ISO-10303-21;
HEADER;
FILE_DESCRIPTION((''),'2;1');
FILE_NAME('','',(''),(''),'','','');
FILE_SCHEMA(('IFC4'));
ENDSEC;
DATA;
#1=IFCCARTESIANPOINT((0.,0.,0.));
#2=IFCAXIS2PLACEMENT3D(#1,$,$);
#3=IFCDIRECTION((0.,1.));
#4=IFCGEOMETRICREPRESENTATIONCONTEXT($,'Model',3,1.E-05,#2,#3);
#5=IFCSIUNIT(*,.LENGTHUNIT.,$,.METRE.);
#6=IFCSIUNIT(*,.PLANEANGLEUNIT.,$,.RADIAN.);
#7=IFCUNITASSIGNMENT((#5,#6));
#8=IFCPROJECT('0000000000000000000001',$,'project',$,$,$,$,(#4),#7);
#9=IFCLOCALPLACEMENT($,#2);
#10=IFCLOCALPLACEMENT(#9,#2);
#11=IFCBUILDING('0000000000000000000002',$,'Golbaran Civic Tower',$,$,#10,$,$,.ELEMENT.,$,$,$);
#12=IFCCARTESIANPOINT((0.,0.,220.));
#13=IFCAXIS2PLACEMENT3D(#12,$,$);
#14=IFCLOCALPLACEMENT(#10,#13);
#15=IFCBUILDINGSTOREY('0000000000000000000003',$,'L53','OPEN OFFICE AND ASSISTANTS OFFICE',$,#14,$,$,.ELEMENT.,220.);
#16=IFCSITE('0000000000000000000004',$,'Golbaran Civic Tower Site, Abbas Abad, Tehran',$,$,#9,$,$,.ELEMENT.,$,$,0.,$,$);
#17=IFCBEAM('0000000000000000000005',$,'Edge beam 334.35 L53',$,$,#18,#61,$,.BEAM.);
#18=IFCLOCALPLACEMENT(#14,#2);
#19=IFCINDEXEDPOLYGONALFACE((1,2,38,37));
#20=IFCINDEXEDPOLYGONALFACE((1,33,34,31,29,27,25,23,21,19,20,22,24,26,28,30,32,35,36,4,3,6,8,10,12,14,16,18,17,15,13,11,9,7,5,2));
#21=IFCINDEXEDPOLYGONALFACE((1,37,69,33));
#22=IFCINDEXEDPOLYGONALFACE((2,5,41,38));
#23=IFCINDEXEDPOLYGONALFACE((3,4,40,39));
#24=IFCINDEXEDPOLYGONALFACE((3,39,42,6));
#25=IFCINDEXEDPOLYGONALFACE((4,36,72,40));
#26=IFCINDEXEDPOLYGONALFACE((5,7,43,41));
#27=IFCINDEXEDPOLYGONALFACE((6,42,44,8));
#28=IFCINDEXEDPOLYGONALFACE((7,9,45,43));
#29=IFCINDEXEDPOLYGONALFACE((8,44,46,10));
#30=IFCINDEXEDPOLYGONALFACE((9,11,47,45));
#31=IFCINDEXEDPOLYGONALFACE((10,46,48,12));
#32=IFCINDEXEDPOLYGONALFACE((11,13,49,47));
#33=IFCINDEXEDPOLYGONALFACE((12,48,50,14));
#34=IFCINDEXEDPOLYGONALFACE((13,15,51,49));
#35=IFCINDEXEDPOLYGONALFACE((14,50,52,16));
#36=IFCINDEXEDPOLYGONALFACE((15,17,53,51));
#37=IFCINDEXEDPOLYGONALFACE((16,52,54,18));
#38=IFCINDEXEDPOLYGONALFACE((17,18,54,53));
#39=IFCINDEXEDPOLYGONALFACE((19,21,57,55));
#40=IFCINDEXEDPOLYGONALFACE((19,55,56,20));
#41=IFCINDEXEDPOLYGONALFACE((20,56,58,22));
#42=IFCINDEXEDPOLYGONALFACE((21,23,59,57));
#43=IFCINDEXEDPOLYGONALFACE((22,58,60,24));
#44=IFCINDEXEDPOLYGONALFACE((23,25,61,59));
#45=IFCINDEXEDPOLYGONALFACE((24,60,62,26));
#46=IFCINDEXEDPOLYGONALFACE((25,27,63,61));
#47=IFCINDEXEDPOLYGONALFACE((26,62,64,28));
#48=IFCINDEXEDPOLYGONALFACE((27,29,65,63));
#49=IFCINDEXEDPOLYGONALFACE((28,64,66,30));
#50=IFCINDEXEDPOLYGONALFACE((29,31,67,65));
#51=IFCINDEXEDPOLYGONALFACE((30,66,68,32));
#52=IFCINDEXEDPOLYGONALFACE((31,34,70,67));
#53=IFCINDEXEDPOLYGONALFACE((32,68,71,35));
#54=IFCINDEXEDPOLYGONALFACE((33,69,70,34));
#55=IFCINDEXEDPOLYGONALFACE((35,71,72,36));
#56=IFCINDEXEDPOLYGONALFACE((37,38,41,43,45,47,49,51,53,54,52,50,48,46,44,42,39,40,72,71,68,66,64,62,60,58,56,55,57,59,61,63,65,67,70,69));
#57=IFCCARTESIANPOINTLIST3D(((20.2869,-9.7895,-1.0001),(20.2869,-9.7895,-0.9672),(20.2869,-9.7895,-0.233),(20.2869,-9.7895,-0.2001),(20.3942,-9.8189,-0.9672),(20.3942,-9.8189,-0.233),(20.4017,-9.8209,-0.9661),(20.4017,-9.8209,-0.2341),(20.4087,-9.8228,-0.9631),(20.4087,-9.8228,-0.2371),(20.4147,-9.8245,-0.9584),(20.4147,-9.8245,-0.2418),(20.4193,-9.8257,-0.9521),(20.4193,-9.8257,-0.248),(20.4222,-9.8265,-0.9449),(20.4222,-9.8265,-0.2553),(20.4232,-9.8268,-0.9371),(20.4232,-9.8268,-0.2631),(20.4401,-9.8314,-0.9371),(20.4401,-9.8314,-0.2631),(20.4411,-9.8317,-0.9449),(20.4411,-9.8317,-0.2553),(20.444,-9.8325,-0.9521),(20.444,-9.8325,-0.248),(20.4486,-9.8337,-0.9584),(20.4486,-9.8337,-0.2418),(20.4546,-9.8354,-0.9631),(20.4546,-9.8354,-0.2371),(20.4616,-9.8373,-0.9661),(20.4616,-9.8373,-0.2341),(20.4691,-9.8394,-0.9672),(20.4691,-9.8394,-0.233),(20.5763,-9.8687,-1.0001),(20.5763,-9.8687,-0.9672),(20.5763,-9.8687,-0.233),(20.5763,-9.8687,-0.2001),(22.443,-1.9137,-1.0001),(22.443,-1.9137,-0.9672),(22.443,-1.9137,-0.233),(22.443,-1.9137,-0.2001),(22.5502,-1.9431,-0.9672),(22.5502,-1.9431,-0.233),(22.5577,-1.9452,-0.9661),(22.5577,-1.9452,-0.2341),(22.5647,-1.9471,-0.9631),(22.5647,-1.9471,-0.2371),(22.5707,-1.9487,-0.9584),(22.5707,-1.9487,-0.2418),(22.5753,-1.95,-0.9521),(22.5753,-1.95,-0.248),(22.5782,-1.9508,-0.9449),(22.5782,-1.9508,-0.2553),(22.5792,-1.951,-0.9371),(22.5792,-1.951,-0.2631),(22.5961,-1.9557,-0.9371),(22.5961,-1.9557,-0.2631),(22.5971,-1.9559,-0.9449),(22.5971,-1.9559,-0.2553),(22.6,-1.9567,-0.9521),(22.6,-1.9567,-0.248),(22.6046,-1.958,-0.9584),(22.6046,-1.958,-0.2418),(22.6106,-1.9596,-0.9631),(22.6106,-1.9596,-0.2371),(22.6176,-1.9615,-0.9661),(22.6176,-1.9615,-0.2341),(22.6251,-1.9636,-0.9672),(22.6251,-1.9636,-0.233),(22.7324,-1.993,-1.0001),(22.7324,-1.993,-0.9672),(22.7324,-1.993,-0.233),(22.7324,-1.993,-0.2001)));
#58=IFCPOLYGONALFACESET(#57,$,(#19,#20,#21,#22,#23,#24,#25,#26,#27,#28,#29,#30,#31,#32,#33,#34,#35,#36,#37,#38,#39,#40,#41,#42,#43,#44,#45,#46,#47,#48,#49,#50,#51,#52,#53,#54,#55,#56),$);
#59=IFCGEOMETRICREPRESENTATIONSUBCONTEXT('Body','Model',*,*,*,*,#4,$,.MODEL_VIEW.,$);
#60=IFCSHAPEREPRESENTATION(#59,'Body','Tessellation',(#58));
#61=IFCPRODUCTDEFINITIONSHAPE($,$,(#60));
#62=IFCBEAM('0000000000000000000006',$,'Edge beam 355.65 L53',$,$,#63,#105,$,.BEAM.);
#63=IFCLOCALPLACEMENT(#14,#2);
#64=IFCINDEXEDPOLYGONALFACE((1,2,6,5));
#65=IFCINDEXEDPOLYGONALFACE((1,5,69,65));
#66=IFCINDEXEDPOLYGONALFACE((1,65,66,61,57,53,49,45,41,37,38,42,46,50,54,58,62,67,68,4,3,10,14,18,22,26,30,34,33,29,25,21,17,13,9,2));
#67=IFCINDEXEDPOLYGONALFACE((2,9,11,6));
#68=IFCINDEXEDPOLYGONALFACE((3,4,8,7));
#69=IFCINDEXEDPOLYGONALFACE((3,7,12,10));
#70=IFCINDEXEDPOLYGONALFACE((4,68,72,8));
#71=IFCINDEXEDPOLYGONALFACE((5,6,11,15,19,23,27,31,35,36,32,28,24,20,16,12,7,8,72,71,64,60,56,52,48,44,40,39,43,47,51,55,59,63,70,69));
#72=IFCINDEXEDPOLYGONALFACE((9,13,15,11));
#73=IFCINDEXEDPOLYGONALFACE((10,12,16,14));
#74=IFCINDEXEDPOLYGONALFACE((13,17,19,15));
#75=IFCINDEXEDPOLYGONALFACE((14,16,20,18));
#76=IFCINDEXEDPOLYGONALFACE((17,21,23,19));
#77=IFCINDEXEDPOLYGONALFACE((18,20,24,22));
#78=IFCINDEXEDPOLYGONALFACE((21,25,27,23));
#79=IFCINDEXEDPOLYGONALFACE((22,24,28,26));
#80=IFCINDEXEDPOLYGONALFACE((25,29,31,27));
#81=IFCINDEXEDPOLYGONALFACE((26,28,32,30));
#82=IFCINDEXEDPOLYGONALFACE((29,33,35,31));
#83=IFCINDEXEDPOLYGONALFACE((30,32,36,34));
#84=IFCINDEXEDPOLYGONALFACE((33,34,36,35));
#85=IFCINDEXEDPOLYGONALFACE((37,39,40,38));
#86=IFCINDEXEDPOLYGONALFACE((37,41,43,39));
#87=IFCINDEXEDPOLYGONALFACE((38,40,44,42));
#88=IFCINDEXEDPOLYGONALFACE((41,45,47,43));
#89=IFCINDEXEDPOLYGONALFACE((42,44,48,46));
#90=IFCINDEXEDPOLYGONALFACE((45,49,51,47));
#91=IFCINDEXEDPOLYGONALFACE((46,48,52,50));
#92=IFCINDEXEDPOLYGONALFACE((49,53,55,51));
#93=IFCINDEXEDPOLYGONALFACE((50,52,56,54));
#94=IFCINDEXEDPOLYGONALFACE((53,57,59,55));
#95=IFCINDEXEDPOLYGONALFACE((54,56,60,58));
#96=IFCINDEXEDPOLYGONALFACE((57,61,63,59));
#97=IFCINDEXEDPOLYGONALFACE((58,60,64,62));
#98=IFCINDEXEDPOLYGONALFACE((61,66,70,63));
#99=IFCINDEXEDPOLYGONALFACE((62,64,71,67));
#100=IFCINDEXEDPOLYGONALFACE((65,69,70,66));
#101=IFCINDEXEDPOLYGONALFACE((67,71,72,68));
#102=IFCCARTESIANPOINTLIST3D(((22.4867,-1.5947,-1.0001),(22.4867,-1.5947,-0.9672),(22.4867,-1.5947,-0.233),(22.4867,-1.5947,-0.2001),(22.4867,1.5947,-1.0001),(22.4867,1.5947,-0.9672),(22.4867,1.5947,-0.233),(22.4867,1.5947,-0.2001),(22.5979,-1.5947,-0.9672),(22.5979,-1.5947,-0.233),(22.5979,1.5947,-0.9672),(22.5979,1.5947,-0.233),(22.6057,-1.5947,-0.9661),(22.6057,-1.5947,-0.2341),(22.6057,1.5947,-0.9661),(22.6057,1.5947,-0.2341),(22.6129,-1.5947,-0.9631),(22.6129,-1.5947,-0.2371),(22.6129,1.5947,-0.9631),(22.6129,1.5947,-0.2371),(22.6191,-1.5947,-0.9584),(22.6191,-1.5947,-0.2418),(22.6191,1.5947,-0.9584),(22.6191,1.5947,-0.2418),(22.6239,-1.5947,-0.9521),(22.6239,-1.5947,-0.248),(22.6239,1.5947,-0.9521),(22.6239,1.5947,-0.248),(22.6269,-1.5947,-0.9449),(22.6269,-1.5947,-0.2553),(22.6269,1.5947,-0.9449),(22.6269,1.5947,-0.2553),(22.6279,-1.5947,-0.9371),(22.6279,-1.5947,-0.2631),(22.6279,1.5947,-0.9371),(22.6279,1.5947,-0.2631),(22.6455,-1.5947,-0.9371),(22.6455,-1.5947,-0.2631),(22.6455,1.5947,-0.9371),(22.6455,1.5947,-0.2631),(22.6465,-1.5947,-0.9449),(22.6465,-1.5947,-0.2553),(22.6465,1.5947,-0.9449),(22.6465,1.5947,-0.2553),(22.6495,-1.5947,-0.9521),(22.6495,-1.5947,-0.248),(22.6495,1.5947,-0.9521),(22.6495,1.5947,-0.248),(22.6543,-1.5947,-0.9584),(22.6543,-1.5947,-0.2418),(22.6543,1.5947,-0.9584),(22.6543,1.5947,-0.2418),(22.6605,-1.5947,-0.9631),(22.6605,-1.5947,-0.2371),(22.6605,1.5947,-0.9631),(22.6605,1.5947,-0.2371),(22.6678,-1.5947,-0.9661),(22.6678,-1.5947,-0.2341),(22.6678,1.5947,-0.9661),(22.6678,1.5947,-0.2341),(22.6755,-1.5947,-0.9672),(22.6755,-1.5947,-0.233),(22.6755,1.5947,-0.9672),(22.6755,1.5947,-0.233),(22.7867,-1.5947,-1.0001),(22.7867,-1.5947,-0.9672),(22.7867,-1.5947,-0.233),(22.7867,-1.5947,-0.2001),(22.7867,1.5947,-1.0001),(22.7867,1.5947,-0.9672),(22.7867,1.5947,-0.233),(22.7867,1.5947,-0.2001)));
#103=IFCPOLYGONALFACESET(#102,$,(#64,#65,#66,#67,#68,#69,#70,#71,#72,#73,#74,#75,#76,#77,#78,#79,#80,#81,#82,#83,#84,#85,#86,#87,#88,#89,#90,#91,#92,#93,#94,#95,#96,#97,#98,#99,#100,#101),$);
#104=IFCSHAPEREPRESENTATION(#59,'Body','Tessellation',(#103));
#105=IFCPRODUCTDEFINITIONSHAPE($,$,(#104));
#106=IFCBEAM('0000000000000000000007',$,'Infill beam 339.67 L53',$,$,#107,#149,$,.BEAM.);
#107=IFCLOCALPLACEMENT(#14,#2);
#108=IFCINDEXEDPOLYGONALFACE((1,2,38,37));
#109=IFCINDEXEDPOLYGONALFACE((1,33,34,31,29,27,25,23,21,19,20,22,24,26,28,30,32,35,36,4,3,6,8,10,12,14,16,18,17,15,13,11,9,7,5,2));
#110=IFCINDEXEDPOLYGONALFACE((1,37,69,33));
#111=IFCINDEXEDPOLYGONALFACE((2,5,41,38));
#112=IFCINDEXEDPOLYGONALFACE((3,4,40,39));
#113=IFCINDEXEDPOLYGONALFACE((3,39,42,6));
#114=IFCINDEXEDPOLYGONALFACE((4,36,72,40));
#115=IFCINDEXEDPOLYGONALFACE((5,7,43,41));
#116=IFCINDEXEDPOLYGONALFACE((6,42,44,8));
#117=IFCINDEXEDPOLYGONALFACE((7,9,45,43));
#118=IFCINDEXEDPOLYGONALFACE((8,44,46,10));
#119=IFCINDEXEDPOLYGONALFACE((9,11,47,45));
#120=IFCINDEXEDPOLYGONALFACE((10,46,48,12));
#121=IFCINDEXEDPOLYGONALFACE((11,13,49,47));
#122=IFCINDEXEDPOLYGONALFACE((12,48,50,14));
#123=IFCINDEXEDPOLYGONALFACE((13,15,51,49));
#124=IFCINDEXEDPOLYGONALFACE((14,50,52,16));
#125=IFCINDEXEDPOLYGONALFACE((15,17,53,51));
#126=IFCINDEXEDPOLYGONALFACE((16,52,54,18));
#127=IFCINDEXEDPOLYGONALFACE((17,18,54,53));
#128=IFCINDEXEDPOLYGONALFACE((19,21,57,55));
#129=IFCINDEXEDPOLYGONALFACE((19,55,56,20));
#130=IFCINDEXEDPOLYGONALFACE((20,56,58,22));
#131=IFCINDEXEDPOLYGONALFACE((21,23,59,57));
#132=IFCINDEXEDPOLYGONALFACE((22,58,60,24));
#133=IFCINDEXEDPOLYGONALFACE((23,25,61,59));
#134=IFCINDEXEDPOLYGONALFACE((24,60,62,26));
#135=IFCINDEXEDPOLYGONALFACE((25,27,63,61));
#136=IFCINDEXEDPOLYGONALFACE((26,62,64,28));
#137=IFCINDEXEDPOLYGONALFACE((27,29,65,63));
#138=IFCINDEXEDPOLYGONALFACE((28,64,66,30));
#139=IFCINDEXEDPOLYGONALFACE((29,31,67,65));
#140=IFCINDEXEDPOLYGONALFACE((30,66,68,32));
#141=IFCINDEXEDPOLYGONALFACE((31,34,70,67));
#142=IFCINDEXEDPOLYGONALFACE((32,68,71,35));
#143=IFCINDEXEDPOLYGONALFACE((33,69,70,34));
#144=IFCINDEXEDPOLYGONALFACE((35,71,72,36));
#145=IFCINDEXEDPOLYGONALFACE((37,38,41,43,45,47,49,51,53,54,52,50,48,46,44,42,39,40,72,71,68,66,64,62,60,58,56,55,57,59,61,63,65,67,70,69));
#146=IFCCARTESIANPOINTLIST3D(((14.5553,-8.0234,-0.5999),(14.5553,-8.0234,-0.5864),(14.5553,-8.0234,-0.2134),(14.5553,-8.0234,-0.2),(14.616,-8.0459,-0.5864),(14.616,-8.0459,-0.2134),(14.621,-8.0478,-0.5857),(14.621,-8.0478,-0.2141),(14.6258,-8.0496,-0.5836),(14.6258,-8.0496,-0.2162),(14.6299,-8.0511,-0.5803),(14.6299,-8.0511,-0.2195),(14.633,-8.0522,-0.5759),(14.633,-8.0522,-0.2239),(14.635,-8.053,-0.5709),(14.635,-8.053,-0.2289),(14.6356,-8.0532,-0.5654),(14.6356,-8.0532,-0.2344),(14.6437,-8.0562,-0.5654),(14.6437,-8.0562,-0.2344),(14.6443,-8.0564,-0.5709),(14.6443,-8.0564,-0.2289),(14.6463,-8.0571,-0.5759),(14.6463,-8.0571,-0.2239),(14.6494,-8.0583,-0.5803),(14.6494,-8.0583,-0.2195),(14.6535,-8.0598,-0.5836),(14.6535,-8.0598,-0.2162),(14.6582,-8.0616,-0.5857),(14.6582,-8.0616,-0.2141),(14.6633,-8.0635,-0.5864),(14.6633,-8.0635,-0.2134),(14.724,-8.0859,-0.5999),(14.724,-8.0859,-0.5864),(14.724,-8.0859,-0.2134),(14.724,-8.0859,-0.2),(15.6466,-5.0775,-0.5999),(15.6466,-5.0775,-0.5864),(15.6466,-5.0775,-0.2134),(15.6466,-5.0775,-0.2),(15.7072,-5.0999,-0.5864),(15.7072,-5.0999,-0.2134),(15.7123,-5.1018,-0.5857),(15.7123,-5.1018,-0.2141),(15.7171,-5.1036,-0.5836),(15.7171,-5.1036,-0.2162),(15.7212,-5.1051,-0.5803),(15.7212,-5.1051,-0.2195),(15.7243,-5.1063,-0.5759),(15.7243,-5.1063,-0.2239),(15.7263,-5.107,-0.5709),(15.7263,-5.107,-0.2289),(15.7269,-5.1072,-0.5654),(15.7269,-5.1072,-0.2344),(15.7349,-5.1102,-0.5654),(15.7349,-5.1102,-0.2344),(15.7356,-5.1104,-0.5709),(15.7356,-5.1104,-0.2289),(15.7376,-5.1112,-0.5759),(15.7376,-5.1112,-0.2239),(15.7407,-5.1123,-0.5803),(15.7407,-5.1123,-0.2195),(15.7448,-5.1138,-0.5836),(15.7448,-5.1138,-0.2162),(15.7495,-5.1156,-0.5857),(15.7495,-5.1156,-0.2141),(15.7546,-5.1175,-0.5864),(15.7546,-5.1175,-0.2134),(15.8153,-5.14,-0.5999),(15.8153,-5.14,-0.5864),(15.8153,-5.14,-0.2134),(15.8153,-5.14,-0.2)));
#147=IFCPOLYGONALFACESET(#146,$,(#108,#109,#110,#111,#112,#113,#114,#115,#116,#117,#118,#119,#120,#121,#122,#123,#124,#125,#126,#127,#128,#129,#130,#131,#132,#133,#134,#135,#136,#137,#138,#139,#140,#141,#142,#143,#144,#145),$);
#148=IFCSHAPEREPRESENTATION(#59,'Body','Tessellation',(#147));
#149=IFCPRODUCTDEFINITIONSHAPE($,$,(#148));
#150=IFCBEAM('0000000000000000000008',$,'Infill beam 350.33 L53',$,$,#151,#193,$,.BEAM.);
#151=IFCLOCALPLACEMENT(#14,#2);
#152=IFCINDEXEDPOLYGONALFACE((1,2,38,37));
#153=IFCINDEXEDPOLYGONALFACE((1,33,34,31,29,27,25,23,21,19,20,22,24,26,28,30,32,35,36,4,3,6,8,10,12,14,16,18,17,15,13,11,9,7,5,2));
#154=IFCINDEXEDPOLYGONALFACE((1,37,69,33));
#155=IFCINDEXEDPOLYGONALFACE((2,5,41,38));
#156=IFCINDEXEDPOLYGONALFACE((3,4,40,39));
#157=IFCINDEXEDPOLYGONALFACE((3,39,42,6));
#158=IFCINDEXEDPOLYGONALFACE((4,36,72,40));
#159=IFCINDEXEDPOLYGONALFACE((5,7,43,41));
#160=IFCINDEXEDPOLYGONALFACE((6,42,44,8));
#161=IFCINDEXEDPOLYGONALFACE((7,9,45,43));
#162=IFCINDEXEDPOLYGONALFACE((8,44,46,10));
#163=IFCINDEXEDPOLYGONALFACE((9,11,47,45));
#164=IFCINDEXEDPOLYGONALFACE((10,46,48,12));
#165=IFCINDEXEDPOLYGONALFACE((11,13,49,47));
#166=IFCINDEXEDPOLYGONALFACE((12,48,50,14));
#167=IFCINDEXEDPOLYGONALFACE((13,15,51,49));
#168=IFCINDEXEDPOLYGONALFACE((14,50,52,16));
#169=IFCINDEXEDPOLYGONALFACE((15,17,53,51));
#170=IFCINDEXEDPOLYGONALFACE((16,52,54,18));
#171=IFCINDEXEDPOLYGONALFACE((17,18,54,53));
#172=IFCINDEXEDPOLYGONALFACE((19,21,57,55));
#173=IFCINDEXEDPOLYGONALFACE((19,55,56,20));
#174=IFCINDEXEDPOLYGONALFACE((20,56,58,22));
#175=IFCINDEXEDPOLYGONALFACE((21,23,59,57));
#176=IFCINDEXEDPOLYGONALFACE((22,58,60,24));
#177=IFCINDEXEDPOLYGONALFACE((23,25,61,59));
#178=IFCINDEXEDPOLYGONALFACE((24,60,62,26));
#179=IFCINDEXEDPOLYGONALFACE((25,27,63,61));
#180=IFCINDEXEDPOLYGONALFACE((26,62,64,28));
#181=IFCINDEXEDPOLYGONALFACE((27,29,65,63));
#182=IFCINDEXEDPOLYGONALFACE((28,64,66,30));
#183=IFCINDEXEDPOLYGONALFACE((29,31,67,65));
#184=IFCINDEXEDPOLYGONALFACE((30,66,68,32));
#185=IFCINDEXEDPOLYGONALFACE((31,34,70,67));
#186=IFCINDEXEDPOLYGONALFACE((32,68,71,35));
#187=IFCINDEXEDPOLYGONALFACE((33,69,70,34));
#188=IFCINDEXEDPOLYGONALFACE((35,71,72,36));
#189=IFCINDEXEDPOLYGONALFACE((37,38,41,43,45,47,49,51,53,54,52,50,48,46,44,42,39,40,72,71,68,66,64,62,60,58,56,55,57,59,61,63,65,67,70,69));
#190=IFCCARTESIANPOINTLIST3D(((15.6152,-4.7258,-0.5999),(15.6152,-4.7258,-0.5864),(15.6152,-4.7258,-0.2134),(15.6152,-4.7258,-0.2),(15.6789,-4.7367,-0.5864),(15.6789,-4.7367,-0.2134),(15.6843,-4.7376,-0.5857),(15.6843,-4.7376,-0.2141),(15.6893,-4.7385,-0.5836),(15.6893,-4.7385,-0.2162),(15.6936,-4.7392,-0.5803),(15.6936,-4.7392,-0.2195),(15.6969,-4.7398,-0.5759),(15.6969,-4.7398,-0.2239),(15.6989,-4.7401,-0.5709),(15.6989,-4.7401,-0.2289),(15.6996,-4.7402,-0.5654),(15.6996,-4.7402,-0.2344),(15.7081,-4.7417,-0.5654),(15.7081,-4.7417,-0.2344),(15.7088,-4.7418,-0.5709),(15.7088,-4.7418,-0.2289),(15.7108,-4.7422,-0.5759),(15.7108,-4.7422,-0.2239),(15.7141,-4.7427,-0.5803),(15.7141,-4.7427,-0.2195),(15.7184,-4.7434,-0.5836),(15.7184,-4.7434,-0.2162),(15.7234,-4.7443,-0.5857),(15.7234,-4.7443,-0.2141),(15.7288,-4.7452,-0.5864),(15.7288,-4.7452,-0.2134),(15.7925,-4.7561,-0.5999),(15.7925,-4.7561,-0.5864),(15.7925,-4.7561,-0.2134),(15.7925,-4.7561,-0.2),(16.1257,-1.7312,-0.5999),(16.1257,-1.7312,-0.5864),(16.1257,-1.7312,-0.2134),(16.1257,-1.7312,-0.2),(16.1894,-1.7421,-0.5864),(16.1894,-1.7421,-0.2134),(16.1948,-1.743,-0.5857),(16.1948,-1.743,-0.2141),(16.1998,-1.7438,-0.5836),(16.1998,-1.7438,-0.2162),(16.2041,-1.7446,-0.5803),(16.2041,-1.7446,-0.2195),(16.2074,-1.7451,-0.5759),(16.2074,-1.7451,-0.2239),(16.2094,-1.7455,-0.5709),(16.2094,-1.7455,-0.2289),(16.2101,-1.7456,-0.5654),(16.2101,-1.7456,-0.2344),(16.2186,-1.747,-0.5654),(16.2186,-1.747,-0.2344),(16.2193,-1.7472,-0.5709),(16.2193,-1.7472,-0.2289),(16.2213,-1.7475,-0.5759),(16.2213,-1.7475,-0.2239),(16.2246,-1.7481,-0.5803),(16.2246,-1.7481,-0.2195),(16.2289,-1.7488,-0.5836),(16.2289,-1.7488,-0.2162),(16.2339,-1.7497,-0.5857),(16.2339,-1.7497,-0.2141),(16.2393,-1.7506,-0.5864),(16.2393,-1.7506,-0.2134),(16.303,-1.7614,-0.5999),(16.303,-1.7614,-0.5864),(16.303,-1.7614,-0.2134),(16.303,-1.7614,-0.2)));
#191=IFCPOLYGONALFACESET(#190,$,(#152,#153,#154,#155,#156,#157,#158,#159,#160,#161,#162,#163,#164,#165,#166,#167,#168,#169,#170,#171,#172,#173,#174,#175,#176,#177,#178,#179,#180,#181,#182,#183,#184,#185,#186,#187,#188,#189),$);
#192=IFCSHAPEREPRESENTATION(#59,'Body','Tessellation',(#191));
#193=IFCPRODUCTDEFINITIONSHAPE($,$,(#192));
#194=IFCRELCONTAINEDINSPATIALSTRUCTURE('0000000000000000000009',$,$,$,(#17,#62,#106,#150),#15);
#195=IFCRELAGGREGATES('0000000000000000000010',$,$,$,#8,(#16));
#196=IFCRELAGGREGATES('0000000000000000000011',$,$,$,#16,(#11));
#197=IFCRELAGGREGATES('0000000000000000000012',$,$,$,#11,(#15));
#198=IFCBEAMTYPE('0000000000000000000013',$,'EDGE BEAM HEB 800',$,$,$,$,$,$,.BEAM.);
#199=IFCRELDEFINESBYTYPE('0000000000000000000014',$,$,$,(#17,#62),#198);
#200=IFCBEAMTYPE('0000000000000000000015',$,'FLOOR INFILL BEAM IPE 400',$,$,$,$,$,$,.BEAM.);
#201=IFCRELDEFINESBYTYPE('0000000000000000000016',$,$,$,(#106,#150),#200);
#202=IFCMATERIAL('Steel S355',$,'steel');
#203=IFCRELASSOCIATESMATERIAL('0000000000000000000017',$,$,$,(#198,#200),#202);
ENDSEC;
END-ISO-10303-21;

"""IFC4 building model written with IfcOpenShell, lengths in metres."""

from ifc_helpers import new_model, si_unit, direction, frame, origin, origin_2d, place, context, subcontext, project, spatial, i_section, extrude, material, material_profile, profile_set, type_object, element, save


model = new_model("IFC4")

# Units and contexts
model_context = context("Model", 3, precision=1e-05, world=origin(), true_north=direction((0.0, 1.0)))
body_context = subcontext(model_context, "Body", "Model", "MODEL_VIEW")
ifc_project = project(units=[si_unit("LENGTHUNIT", "METRE"), si_unit("PLANEANGLEUNIT", "RADIAN")], contexts=[model_context])

# Site, building, storey
site_placement = place(None, origin())
site = spatial("IfcSite", under=ifc_project, at=site_placement, Name="Golbaran Civic Tower Site, Abbas Abad, Tehran", CompositionType="ELEMENT", RefElevation=0.0)
building_placement = place(site_placement, origin())
building = spatial("IfcBuilding", under=site, at=building_placement, Name="Golbaran Civic Tower", CompositionType="ELEMENT")
storey_placement = place(building_placement, frame((0.0, 0.0, 220.0)))
storey = spatial("IfcBuildingStorey", under=building, at=storey_placement, Name="L53", Description="OPEN OFFICE AND ASSISTANTS OFFICE", CompositionType="ELEMENT", Elevation=220.0)

# Beams
ifc_material_1 = material(Name="Steel S355", Category="steel")
ifc_material_profile_1 = material_profile(ifc_material_1, i_section(OverallWidth=0.3, OverallDepth=0.8, WebThickness=0.0176, FlangeThickness=0.033, FilletRadius=0.03, at=origin_2d()), Name="HEB 800")
ifc_profile_set_1 = profile_set([ifc_material_profile_1], Name="Steel S355")
beam_type_1 = type_object("IfcBeamType", Name="EDGE BEAM HEB 800", PredefinedType="BEAM", material=ifc_profile_set_1)
beam_1_placement = place(storey_placement, frame((20.4316, -9.8291, -0.6001), z_axis=(0.264038, 0.964512, 0.0), x_axis=(-0.964512, 0.264038, 0.0)))
element("IfcBeam", 1, at=beam_1_placement, inside=storey, type_object=beam_type_1, Name="Edge beam 334.35 L53", PredefinedType="BEAM", context=body_context, shape_type="SweptSolid", body=[
    extrude(i_section(OverallWidth=0.3, OverallDepth=0.8, WebThickness=0.0176, FlangeThickness=0.033, FilletRadius=0.03, at=origin_2d()), origin(), (0.0, 0.0, 1.0), 8.1655),
])
beam_2_placement = place(storey_placement, frame((22.6367, -1.5947, -0.6001), z_axis=(0.0, 1.0, 0.0), x_axis=(-1.0, 0.0, 0.0)))
element("IfcBeam", 2, at=beam_2_placement, inside=storey, type_object=beam_type_1, Name="Edge beam 355.65 L53", PredefinedType="BEAM", context=body_context, shape_type="SweptSolid", body=[
    extrude(i_section(OverallWidth=0.3, OverallDepth=0.8, WebThickness=0.0176, FlangeThickness=0.033, FilletRadius=0.03, at=origin_2d()), origin(), (0.0, 0.0, 1.0), 3.1895),
])
ifc_material_profile_2 = material_profile(ifc_material_1, i_section(OverallWidth=0.1799, OverallDepth=0.3999, WebThickness=0.0085, FlangeThickness=0.0134, FilletRadius=0.021, at=origin_2d()), Name="IPE 400")
ifc_profile_set_2 = profile_set([ifc_material_profile_2], Name="Steel S355")
beam_type_2 = type_object("IfcBeamType", Name="FLOOR INFILL BEAM IPE 400", PredefinedType="BEAM", material=ifc_profile_set_2)
beam_3_placement = place(storey_placement, frame((14.6396, -8.0547, -0.3999), z_axis=(0.347365, 0.93773, 0.0), x_axis=(-0.93773, 0.347365, 0.0)))
element("IfcBeam", 3, at=beam_3_placement, inside=storey, type_object=beam_type_2, Name="Infill beam 339.67 L53", PredefinedType="BEAM", context=body_context, shape_type="SweptSolid", body=[
    extrude(i_section(OverallWidth=0.1799, OverallDepth=0.3999, WebThickness=0.0085, FlangeThickness=0.0134, FilletRadius=0.021, at=origin_2d()), origin(), (0.0, 0.0, 1.0), 3.1416),
])
beam_4_placement = place(storey_placement, frame((15.7039, -4.741, -0.3999), z_axis=(0.168047, 0.985779, 0.0), x_axis=(-0.985779, 0.168047, 0.0)))
element("IfcBeam", 4, at=beam_4_placement, inside=storey, type_object=beam_type_2, Name="Infill beam 350.33 L53", PredefinedType="BEAM", context=body_context, shape_type="SweptSolid", body=[
    extrude(i_section(OverallWidth=0.1799, OverallDepth=0.3999, WebThickness=0.0085, FlangeThickness=0.0134, FilletRadius=0.021, at=origin_2d()), origin(), (0.0, 0.0, 1.0), 3.0378),
])

save(model, "model.ifc")
